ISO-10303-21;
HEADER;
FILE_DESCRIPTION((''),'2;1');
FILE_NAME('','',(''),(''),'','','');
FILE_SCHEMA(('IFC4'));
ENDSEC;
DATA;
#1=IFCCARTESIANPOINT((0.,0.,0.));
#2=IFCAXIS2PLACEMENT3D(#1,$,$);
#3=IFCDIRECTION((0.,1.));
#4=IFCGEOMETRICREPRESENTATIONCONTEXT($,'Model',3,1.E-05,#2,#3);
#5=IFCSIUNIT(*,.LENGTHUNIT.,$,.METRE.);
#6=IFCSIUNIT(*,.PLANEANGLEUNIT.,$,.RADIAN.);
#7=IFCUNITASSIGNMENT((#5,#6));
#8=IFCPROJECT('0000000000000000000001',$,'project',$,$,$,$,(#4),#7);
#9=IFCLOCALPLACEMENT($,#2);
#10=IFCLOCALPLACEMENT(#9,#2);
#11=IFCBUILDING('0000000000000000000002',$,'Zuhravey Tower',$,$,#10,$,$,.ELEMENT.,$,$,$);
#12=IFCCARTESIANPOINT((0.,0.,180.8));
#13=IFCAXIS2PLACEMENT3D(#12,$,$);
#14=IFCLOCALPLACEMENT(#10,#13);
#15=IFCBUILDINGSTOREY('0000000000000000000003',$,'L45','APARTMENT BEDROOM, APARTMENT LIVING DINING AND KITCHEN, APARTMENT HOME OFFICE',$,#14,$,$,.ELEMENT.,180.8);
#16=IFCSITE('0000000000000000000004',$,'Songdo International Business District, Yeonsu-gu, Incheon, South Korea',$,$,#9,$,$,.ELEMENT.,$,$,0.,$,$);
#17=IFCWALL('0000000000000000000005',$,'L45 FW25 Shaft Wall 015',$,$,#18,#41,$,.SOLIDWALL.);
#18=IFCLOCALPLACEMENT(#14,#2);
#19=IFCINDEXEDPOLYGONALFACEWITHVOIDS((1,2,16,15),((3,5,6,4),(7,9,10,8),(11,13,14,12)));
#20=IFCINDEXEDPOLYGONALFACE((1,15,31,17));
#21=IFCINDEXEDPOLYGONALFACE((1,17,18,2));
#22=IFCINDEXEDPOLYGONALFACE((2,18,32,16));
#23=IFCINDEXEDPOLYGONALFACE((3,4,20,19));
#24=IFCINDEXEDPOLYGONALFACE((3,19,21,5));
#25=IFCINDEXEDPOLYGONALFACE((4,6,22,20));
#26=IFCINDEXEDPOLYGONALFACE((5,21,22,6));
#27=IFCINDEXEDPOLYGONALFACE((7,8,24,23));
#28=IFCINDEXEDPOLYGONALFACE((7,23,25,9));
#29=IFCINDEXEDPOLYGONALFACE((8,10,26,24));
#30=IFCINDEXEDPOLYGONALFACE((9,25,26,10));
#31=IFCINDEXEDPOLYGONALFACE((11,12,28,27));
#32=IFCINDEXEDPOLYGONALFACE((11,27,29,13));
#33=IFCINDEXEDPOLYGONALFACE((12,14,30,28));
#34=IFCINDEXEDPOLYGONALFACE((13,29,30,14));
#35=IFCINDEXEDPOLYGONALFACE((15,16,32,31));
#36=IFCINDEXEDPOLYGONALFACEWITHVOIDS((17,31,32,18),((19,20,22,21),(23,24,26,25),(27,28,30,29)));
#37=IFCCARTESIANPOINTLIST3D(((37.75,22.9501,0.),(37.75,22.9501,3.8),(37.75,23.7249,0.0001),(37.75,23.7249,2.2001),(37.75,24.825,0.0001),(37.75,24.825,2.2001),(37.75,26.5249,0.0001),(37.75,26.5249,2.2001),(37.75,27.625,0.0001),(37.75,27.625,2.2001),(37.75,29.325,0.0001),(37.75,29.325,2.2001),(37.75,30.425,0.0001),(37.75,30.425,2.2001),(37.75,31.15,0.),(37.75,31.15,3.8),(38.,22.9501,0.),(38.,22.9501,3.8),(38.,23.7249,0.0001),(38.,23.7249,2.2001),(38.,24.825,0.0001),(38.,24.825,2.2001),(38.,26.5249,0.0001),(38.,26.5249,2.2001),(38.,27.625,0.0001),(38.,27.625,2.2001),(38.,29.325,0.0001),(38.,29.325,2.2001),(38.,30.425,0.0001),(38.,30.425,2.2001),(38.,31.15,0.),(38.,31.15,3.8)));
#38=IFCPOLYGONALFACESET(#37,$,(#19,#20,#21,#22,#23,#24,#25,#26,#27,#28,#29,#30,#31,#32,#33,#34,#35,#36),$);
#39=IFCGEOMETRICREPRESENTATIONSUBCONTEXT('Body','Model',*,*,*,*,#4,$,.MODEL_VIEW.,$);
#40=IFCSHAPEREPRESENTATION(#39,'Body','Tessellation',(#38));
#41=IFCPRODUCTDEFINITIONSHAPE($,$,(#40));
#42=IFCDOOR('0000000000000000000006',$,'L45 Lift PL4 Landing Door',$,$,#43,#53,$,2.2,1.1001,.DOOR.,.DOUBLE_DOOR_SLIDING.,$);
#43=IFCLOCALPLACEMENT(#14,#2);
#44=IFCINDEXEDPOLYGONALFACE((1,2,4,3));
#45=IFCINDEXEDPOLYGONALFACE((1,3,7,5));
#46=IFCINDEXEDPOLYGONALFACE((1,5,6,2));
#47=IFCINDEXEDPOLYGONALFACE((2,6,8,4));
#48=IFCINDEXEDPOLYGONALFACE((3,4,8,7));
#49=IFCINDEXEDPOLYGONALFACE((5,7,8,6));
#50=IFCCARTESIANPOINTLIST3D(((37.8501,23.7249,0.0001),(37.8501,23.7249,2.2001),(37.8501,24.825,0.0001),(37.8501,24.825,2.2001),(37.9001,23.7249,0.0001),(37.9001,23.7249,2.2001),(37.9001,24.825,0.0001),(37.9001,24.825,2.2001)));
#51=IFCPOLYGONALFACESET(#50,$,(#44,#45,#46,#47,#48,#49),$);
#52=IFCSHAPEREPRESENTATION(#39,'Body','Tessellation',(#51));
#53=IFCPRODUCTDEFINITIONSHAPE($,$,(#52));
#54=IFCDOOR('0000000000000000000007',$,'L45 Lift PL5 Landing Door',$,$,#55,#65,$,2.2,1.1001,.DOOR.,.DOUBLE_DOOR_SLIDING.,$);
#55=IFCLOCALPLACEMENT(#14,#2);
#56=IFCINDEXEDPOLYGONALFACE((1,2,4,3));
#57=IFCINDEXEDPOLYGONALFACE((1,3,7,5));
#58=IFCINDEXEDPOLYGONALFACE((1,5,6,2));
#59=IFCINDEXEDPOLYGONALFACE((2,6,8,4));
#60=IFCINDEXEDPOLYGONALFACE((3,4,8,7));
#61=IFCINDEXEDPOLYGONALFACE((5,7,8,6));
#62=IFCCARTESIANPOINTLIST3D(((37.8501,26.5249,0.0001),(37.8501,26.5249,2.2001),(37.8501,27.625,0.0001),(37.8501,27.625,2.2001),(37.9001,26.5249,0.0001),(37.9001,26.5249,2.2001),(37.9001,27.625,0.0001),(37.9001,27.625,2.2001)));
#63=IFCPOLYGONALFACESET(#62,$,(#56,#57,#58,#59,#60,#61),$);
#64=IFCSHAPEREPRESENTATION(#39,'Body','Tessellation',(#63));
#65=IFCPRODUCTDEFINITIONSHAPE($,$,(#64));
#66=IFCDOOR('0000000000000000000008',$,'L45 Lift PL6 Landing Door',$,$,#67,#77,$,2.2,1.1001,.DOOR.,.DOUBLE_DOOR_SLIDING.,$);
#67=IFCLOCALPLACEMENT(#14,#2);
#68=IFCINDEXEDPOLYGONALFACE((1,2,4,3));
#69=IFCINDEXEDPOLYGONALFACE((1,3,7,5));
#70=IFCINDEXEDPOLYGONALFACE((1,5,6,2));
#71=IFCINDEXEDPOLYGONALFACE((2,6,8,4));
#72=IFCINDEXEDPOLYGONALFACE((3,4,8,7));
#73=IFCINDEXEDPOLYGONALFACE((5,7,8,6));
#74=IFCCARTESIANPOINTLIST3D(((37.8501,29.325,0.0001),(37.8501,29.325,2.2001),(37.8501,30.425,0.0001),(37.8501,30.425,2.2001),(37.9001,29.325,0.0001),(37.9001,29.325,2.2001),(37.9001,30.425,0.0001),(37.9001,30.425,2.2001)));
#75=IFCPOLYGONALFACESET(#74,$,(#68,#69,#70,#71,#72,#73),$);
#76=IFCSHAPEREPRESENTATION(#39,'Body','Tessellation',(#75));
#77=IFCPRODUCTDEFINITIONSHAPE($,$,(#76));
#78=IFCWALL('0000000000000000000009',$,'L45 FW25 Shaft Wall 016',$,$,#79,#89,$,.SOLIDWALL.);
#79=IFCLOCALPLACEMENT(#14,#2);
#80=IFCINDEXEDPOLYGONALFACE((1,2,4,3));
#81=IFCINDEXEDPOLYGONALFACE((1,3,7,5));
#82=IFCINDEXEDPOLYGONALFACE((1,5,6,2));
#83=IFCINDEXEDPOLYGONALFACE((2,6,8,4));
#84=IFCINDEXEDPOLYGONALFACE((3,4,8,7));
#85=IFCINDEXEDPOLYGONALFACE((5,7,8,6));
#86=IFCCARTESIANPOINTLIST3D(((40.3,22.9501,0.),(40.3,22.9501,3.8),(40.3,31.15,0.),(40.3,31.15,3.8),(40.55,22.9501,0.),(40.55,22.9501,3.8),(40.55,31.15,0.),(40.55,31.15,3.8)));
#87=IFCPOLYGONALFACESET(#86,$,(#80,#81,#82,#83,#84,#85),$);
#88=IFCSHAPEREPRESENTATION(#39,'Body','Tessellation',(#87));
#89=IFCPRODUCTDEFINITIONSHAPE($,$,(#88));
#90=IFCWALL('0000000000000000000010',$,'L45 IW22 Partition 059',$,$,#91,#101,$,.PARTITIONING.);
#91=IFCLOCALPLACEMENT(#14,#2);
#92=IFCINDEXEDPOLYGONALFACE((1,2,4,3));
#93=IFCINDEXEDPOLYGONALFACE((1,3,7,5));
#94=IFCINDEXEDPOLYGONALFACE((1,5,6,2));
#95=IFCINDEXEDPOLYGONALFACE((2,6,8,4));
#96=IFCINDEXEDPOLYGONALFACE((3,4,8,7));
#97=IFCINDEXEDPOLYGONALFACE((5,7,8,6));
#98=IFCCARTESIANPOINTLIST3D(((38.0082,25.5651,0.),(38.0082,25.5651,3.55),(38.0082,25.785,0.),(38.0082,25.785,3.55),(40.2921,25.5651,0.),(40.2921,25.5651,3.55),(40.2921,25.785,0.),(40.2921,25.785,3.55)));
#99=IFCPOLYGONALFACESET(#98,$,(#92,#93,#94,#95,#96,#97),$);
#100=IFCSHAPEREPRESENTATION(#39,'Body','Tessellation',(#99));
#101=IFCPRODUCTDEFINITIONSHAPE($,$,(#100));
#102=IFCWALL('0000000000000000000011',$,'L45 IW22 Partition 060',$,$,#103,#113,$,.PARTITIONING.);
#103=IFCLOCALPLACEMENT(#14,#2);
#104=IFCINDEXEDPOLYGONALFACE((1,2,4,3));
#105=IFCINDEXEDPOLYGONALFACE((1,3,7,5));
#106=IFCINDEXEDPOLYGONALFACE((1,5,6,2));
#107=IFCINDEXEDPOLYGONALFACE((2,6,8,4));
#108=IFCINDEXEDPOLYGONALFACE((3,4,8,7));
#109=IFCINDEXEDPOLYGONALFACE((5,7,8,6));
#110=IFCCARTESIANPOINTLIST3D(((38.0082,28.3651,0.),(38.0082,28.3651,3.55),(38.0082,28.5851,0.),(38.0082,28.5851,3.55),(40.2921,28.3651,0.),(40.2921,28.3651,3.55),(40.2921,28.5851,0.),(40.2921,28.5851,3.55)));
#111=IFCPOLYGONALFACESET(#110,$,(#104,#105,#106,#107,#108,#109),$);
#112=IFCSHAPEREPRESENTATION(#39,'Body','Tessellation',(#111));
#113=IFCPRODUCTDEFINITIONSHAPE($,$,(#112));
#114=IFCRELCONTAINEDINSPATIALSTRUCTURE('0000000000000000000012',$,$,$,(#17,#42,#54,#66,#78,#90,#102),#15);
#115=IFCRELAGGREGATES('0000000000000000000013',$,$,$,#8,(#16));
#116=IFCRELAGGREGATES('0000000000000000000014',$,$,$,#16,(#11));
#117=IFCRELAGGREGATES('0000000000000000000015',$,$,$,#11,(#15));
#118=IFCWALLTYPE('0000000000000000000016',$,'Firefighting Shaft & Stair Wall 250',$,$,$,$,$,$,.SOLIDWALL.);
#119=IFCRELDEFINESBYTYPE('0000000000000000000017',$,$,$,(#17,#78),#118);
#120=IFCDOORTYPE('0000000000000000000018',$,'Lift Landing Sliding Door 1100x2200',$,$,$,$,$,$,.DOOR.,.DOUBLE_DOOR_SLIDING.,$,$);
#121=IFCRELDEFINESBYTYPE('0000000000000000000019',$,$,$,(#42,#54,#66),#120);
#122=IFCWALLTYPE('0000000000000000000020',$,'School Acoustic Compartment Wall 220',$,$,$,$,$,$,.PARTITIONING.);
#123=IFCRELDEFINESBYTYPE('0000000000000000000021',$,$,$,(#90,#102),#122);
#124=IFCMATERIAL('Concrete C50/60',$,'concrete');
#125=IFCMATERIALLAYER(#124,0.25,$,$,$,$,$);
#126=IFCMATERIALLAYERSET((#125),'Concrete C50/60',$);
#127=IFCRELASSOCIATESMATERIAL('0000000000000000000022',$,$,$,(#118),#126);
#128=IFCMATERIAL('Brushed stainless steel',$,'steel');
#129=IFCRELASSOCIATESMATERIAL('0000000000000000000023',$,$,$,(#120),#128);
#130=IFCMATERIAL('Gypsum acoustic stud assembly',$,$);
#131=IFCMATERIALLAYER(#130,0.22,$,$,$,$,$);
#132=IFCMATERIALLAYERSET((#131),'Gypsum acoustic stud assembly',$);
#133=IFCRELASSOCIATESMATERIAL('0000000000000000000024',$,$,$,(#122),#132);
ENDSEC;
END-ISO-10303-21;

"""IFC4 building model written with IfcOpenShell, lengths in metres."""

from ifc_helpers import new_model, si_unit, direction, frame, frame_2d, origin, place, context, subcontext, project, spatial, rectangle, extrude, material, layer, layer_set, type_object, element, fill, save


model = new_model("IFC4")

# Units and contexts
model_context = context("Model", 3, precision=1e-05, world=origin(), true_north=direction((0.0, 1.0)))
body_context = subcontext(model_context, "Body", "Model", "MODEL_VIEW")
ifc_project = project(units=[si_unit("LENGTHUNIT", "METRE"), si_unit("PLANEANGLEUNIT", "RADIAN")], contexts=[model_context])

# Site, building, storey
site_placement = place(None, origin())
site = spatial("IfcSite", under=ifc_project, at=site_placement, Name="Songdo International Business District, Yeonsu-gu, Incheon, South Korea", CompositionType="ELEMENT", RefElevation=0.0)
building_placement = place(site_placement, origin())
building = spatial("IfcBuilding", under=site, at=building_placement, Name="Zuhravey Tower", CompositionType="ELEMENT")
storey_placement = place(building_placement, frame((0.0, 0.0, 180.8)))
storey = spatial("IfcBuildingStorey", under=building, at=storey_placement, Name="L45", Description="APARTMENT BEDROOM, APARTMENT LIVING DINING AND KITCHEN, APARTMENT HOME OFFICE", CompositionType="ELEMENT", Elevation=180.8)

# Shared definitions
ifc_material_1 = material(Name="Concrete C50/60", Category="concrete")
ifc_layer_1 = layer(ifc_material_1, 0.25)
ifc_layer_set_1 = layer_set([ifc_layer_1], Name="Concrete C50/60")
wall_type_1 = type_object("IfcWallType", Name="Firefighting Shaft & Stair Wall 250", PredefinedType="SOLIDWALL", material=ifc_layer_set_1)

# Wall, openings, doors
wall_1_placement = place(storey_placement, frame((37.875, 22.95, 0.0), z_axis=(0.0, 0.0, 1.0), x_axis=(0.0, 1.0, 0.0)))
wall_1 = element("IfcWall", 1, at=wall_1_placement, inside=storey, type_object=wall_type_1, Name="L45 FW25 Shaft Wall 015", PredefinedType="SOLIDWALL", context=body_context, shape_type="SweptSolid", body=[
    extrude(rectangle(XDim=8.2, YDim=0.25, at=frame_2d((4.1001, 0.0))), origin(), (0.0, 0.0, 1.0), 3.8),
])
opening_1_placement = place(wall_1_placement, frame((0.7749, 0.0, 0.0)))
opening_1 = element("IfcOpeningElement", 2, at=opening_1_placement, cuts=wall_1, PredefinedType="OPENING", context=body_context, shape_type="SweptSolid", body=[
    extrude(rectangle(XDim=1.1001, YDim=2.2, at=frame_2d((0.55, 1.1001))), frame((0.0, 0.137, 0.0), z_axis=(0.0, -1.0, 0.0), x_axis=(1.0, 0.0, 0.0)), (0.0, 0.0, 1.0), 0.2739),
])
opening_2_placement = place(wall_1_placement, frame((3.575, 0.0, 0.0)))
opening_2 = element("IfcOpeningElement", 3, at=opening_2_placement, cuts=wall_1, PredefinedType="OPENING", context=body_context, shape_type="SweptSolid", body=[
    extrude(rectangle(XDim=1.1001, YDim=2.2, at=frame_2d((0.55, 1.1001))), frame((0.0, 0.137, 0.0), z_axis=(0.0, -1.0, 0.0), x_axis=(1.0, 0.0, 0.0)), (0.0, 0.0, 1.0), 0.2739),
])
opening_3_placement = place(wall_1_placement, frame((6.375, 0.0, 0.0)))
opening_3 = element("IfcOpeningElement", 4, at=opening_3_placement, cuts=wall_1, PredefinedType="OPENING", context=body_context, shape_type="SweptSolid", body=[
    extrude(rectangle(XDim=1.1001, YDim=2.2, at=frame_2d((0.55, 1.1001))), frame((0.0, 0.137, 0.0), z_axis=(0.0, -1.0, 0.0), x_axis=(1.0, 0.0, 0.0)), (0.0, 0.0, 1.0), 0.2739),
])
ifc_material_2 = material(Name="Brushed stainless steel", Category="steel")
door_type_1 = type_object("IfcDoorType", Name="Lift Landing Sliding Door 1100x2200", OperationType="DOUBLE_DOOR_SLIDING", PredefinedType="DOOR", material=ifc_material_2)
door_1_placement = place(opening_1_placement, origin())
door_1 = element("IfcDoor", 5, at=door_1_placement, inside=storey, type_object=door_type_1, Name="L45 Lift PL4 Landing Door", OperationType="DOUBLE_DOOR_SLIDING", OverallHeight=2.2, OverallWidth=1.1001, PredefinedType="DOOR", context=body_context, shape_type="SweptSolid", body=[
    extrude(rectangle(XDim=1.1001, YDim=2.2, at=frame_2d((0.55, 1.1001))), frame((0.0, 0.0249, 0.0), z_axis=(0.0, -1.0, 0.0), x_axis=(1.0, 0.0, 0.0)), (0.0, 0.0, 1.0), 0.05),
])
fill(opening_1, door_1)
door_2_placement = place(opening_2_placement, origin())
door_2 = element("IfcDoor", 6, at=door_2_placement, inside=storey, type_object=door_type_1, Name="L45 Lift PL5 Landing Door", OperationType="DOUBLE_DOOR_SLIDING", OverallHeight=2.2, OverallWidth=1.1001, PredefinedType="DOOR", context=body_context, shape_type="SweptSolid", body=[
    extrude(rectangle(XDim=1.1001, YDim=2.2, at=frame_2d((0.55, 1.1001))), frame((0.0, 0.0249, 0.0), z_axis=(0.0, -1.0, 0.0), x_axis=(1.0, 0.0, 0.0)), (0.0, 0.0, 1.0), 0.05),
])
fill(opening_2, door_2)
door_3_placement = place(opening_3_placement, origin())
door_3 = element("IfcDoor", 7, at=door_3_placement, inside=storey, type_object=door_type_1, Name="L45 Lift PL6 Landing Door", OperationType="DOUBLE_DOOR_SLIDING", OverallHeight=2.2, OverallWidth=1.1001, PredefinedType="DOOR", context=body_context, shape_type="SweptSolid", body=[
    extrude(rectangle(XDim=1.1001, YDim=2.2, at=frame_2d((0.55, 1.1001))), frame((0.0, 0.0249, 0.0), z_axis=(0.0, -1.0, 0.0), x_axis=(1.0, 0.0, 0.0)), (0.0, 0.0, 1.0), 0.05),
])
fill(opening_3, door_3)

# Walls
wall_2_placement = place(storey_placement, frame((40.425, 22.95, 0.0), z_axis=(0.0, 0.0, 1.0), x_axis=(0.0, 1.0, 0.0)))
element("IfcWall", 8, at=wall_2_placement, inside=storey, type_object=wall_type_1, Name="L45 FW25 Shaft Wall 016", PredefinedType="SOLIDWALL", context=body_context, shape_type="SweptSolid", body=[
    extrude(rectangle(XDim=8.2, YDim=0.25, at=frame_2d((4.1001, 0.0))), origin(), (0.0, 0.0, 1.0), 3.8),
])
ifc_material_3 = material(Name="Gypsum acoustic stud assembly")
ifc_layer_2 = layer(ifc_material_3, 0.22)
ifc_layer_set_2 = layer_set([ifc_layer_2], Name="Gypsum acoustic stud assembly")
wall_type_2 = type_object("IfcWallType", Name="School Acoustic Compartment Wall 220", PredefinedType="PARTITIONING", material=ifc_layer_set_2)
for number, where, z_axis, x_axis, name in (
    (9, (38.0081, 25.675, 0.0), (0.0, 0.0, 1.0), (1.0, 0.0, 0.0), "L45 IW22 Partition 059"),
    (10, (38.0081, 28.4751, 0.0), (0.0, 0.0, 1.0), (1.0, 0.0, 0.0), "L45 IW22 Partition 060"),
):
    element("IfcWall", number, at=place(storey_placement, frame(where, z_axis=z_axis, x_axis=x_axis)), inside=storey, type_object=wall_type_2, Name=name, PredefinedType="PARTITIONING", context=body_context, shape_type="SweptSolid", body=[
        extrude(rectangle(XDim=2.2839, YDim=0.22, at=frame_2d((1.1421, 0.0))), origin(), (0.0, 0.0, 1.0), 3.55),
    ])

save(model, "model.ifc")
